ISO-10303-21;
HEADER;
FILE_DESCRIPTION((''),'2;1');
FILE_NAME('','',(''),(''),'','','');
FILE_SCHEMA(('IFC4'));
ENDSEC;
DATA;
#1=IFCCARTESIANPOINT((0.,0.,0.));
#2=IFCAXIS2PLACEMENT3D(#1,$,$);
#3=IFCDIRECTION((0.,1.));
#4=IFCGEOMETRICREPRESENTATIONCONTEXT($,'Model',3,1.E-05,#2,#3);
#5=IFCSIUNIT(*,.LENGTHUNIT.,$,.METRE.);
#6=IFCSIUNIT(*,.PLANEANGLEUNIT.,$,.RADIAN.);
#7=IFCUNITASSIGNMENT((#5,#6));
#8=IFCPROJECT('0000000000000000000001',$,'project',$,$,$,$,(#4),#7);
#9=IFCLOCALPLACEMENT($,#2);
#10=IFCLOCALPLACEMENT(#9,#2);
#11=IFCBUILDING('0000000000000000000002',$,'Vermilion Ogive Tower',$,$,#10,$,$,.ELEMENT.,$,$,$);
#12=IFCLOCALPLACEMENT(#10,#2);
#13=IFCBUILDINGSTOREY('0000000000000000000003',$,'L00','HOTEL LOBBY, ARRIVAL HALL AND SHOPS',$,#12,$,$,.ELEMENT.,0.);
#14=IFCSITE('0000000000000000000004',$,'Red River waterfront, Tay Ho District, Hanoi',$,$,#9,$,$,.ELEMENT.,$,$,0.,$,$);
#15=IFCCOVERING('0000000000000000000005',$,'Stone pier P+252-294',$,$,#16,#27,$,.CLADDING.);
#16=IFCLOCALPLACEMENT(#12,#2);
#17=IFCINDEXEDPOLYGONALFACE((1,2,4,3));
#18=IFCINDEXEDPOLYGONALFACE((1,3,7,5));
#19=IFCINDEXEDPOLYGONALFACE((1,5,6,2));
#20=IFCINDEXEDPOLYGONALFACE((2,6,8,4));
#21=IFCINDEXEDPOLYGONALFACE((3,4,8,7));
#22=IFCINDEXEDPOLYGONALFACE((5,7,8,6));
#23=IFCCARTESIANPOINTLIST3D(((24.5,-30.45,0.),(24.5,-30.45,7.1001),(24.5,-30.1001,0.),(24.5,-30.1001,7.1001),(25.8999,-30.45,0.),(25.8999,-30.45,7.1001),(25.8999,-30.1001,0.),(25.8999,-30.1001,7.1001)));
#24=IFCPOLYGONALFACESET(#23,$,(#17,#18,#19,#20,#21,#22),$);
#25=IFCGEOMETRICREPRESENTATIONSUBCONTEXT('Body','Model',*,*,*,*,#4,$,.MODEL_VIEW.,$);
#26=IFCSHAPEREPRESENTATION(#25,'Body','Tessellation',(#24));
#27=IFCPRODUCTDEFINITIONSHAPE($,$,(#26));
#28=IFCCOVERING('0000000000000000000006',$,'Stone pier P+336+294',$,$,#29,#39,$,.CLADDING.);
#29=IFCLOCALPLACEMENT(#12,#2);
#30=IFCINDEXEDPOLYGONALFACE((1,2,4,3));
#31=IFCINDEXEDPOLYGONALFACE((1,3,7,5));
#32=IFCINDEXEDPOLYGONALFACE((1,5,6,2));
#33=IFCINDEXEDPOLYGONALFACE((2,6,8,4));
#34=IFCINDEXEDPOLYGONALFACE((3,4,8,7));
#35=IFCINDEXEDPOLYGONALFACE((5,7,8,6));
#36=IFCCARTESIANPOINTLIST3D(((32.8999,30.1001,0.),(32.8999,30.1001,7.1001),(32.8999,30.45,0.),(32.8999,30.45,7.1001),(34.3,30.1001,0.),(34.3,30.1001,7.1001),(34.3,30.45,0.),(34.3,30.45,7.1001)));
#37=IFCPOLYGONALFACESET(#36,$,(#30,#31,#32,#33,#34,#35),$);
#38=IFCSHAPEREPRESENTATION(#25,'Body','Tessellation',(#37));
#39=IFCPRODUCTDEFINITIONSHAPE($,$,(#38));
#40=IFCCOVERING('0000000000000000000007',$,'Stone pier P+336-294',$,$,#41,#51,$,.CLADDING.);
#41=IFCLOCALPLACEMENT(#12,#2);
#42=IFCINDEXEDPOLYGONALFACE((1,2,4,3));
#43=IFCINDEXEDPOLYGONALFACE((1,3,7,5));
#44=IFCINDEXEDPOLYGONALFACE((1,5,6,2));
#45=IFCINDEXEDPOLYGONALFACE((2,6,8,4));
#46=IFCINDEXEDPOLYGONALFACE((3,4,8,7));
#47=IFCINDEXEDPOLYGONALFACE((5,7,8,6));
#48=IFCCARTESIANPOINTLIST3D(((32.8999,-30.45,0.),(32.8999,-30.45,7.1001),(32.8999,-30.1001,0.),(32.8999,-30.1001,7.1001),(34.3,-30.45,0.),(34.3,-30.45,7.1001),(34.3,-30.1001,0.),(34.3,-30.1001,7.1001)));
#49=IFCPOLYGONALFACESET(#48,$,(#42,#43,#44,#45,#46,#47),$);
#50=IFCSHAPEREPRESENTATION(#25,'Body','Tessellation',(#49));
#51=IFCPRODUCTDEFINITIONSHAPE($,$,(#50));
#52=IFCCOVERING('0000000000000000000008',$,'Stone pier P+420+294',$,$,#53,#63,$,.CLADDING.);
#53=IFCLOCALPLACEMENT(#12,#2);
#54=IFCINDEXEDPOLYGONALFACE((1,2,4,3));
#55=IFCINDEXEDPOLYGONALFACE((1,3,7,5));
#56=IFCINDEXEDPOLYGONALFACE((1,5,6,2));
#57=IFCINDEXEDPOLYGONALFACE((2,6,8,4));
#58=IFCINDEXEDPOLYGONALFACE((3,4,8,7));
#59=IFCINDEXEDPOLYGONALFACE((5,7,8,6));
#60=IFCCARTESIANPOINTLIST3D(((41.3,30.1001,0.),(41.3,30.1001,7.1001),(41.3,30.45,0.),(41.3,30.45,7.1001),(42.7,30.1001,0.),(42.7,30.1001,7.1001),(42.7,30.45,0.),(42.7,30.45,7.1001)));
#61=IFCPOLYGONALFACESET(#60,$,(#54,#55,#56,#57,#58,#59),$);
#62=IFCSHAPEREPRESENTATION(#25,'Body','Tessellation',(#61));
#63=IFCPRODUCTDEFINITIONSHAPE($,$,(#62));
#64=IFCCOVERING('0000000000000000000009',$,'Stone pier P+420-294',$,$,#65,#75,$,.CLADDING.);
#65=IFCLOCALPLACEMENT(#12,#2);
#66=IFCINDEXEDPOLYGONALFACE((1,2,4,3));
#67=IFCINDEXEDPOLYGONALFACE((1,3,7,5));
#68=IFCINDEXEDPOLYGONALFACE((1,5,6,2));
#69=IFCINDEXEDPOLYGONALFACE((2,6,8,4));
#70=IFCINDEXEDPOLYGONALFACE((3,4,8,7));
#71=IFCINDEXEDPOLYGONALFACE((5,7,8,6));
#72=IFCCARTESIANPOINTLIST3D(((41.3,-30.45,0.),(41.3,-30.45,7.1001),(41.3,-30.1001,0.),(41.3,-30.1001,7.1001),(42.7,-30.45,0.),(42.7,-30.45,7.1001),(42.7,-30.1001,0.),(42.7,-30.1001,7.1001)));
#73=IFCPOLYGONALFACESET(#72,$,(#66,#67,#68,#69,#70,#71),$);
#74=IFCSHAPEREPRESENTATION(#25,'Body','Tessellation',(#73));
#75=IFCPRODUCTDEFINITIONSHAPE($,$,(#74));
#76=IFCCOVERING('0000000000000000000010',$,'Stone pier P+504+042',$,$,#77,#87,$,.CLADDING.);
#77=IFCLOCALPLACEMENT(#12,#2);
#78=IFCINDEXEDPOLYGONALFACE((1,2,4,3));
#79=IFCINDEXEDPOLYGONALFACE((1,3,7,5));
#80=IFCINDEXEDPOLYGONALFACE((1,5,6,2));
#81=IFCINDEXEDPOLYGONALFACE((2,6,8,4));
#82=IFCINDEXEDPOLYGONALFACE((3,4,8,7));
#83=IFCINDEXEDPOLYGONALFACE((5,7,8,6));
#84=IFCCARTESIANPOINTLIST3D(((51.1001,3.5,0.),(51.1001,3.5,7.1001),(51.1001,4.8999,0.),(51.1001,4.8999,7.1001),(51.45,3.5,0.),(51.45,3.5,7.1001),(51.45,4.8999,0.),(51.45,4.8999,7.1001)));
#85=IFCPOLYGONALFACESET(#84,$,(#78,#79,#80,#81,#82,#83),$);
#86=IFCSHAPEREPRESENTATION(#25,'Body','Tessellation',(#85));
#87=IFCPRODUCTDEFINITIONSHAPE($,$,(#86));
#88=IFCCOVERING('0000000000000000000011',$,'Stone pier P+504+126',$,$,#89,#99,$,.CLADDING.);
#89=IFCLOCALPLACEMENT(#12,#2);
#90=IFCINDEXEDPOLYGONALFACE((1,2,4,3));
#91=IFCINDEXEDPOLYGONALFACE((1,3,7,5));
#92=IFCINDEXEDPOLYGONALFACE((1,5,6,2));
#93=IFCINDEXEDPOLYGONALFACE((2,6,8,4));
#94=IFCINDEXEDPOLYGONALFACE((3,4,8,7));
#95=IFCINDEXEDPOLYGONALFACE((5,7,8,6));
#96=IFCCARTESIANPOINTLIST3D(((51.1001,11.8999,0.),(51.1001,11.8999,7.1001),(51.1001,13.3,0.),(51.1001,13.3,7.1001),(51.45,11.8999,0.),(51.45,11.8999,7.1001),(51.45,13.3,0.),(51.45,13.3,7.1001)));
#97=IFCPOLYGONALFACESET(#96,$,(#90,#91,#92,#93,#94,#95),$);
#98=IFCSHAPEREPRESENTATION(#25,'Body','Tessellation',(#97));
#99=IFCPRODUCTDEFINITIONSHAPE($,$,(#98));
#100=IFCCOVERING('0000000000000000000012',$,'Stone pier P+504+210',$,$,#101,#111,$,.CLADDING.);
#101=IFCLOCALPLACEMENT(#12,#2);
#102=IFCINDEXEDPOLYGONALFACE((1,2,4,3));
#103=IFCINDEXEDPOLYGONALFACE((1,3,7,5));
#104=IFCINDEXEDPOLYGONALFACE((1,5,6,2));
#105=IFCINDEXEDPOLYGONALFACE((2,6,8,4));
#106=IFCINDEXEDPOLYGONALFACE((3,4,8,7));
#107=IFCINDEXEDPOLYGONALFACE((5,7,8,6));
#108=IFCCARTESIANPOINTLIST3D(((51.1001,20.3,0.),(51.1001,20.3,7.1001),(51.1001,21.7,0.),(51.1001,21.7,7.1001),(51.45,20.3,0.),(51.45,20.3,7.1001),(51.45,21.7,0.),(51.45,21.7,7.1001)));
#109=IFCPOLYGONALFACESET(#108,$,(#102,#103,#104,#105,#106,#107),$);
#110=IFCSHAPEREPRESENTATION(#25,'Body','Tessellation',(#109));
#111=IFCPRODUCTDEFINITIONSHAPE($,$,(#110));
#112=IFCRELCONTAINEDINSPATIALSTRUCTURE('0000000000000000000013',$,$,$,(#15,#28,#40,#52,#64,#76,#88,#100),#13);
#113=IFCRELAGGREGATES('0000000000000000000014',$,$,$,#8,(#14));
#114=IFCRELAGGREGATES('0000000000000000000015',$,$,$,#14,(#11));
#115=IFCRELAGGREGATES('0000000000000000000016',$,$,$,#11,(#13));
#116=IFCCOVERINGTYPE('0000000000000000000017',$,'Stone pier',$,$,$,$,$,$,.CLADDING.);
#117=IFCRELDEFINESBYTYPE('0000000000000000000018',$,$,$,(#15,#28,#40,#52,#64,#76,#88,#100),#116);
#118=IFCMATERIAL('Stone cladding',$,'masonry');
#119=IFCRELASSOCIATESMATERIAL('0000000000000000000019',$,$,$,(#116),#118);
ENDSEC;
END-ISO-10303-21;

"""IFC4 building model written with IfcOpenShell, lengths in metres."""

from ifc_helpers import new_model, si_unit, direction, origin, place, context, subcontext, project, spatial, polyline, outline, extrude, material, type_object, element, save


model = new_model("IFC4")

# Units and contexts
model_context = context("Model", 3, precision=1e-05, world=origin(), true_north=direction((0.0, 1.0)))
body_context = subcontext(model_context, "Body", "Model", "MODEL_VIEW")
ifc_project = project(units=[si_unit("LENGTHUNIT", "METRE"), si_unit("PLANEANGLEUNIT", "RADIAN")], contexts=[model_context])

# Site, building, storey
site_placement = place(None, origin())
site = spatial("IfcSite", under=ifc_project, at=site_placement, Name="Red River waterfront, Tay Ho District, Hanoi", CompositionType="ELEMENT", RefElevation=0.0)
building_placement = place(site_placement, origin())
building = spatial("IfcBuilding", under=site, at=building_placement, Name="Vermilion Ogive Tower", CompositionType="ELEMENT")
storey_placement = place(building_placement, origin())
storey = spatial("IfcBuildingStorey", under=building, at=storey_placement, Name="L00", Description="HOTEL LOBBY, ARRIVAL HALL AND SHOPS", CompositionType="ELEMENT", Elevation=0.0)

# Coverings
ifc_material_1 = material(Name="Stone cladding", Category="masonry")
covering_type = type_object("IfcCoveringType", Name="Stone pier", PredefinedType="CLADDING", material=ifc_material_1)
covering_1_placement = place(storey_placement, origin())
element("IfcCovering", 1, at=covering_1_placement, inside=storey, type_object=covering_type, Name="Stone pier P+252-294", PredefinedType="CLADDING", context=body_context, shape_type="SweptSolid", body=[
    extrude(outline(polyline([(25.8999, -30.1001), (25.8999, -30.45), (24.5, -30.45), (24.5, -30.1001), (24.5, -30.1001), (25.8999, -30.1001)])), origin(), (0.0, 0.0, 1.0), 7.1001),
])
covering_2_placement = place(storey_placement, origin())
element("IfcCovering", 2, at=covering_2_placement, inside=storey, type_object=covering_type, Name="Stone pier P+336+294", PredefinedType="CLADDING", context=body_context, shape_type="SweptSolid", body=[
    extrude(outline(polyline([(32.8999, 30.45), (34.3, 30.45), (34.3, 30.1001), (32.8999, 30.1001), (32.8999, 30.45)])), origin(), (0.0, 0.0, 1.0), 7.1001),
])
covering_3_placement = place(storey_placement, origin())
element("IfcCovering", 3, at=covering_3_placement, inside=storey, type_object=covering_type, Name="Stone pier P+336-294", PredefinedType="CLADDING", context=body_context, shape_type="SweptSolid", body=[
    extrude(outline(polyline([(34.3, -30.45), (32.8999, -30.45), (32.8999, -30.1001), (34.3, -30.1001), (34.3, -30.45)])), origin(), (0.0, 0.0, 1.0), 7.1001),
])
covering_4_placement = place(storey_placement, origin())
element("IfcCovering", 4, at=covering_4_placement, inside=storey, type_object=covering_type, Name="Stone pier P+420+294", PredefinedType="CLADDING", context=body_context, shape_type="SweptSolid", body=[
    extrude(outline(polyline([(41.3, 30.45), (42.7, 30.45), (42.7, 30.1001), (41.3, 30.1001), (41.3, 30.45)])), origin(), (0.0, 0.0, 1.0), 7.1001),
])
covering_5_placement = place(storey_placement, origin())
element("IfcCovering", 5, at=covering_5_placement, inside=storey, type_object=covering_type, Name="Stone pier P+420-294", PredefinedType="CLADDING", context=body_context, shape_type="SweptSolid", body=[
    extrude(outline(polyline([(42.7, -30.1001), (42.7, -30.45), (41.3, -30.45), (41.3, -30.1001), (41.3, -30.1001), (42.7, -30.1001)])), origin(), (0.0, 0.0, 1.0), 7.1001),
])
covering_6_placement = place(storey_placement, origin())
element("IfcCovering", 6, at=covering_6_placement, inside=storey, type_object=covering_type, Name="Stone pier P+504+042", PredefinedType="CLADDING", context=body_context, shape_type="SweptSolid", body=[
    extrude(outline(polyline([(51.1001, 4.8999), (51.45, 4.8999), (51.45, 3.5), (51.1001, 3.5), (51.1001, 4.8999), (51.1001, 4.8999)])), origin(), (0.0, 0.0, 1.0), 7.1001),
])
covering_7_placement = place(storey_placement, origin())
element("IfcCovering", 7, at=covering_7_placement, inside=storey, type_object=covering_type, Name="Stone pier P+504+126", PredefinedType="CLADDING", context=body_context, shape_type="SweptSolid", body=[
    extrude(outline(polyline([(51.1001, 13.3), (51.1001, 13.3), (51.45, 13.3), (51.45, 11.8999), (51.1001, 11.8999), (51.1001, 11.8999), (51.1001, 13.3)])), origin(), (0.0, 0.0, 1.0), 7.1001),
])
covering_8_placement = place(storey_placement, origin())
element("IfcCovering", 8, at=covering_8_placement, inside=storey, type_object=covering_type, Name="Stone pier P+504+210", PredefinedType="CLADDING", context=body_context, shape_type="SweptSolid", body=[
    extrude(outline(polyline([(51.1001, 21.7), (51.1001, 21.7), (51.45, 21.7), (51.45, 20.3), (51.1001, 20.3), (51.1001, 20.3), (51.1001, 21.7)])), origin(), (0.0, 0.0, 1.0), 7.1001),
])

save(model, "model.ifc")
